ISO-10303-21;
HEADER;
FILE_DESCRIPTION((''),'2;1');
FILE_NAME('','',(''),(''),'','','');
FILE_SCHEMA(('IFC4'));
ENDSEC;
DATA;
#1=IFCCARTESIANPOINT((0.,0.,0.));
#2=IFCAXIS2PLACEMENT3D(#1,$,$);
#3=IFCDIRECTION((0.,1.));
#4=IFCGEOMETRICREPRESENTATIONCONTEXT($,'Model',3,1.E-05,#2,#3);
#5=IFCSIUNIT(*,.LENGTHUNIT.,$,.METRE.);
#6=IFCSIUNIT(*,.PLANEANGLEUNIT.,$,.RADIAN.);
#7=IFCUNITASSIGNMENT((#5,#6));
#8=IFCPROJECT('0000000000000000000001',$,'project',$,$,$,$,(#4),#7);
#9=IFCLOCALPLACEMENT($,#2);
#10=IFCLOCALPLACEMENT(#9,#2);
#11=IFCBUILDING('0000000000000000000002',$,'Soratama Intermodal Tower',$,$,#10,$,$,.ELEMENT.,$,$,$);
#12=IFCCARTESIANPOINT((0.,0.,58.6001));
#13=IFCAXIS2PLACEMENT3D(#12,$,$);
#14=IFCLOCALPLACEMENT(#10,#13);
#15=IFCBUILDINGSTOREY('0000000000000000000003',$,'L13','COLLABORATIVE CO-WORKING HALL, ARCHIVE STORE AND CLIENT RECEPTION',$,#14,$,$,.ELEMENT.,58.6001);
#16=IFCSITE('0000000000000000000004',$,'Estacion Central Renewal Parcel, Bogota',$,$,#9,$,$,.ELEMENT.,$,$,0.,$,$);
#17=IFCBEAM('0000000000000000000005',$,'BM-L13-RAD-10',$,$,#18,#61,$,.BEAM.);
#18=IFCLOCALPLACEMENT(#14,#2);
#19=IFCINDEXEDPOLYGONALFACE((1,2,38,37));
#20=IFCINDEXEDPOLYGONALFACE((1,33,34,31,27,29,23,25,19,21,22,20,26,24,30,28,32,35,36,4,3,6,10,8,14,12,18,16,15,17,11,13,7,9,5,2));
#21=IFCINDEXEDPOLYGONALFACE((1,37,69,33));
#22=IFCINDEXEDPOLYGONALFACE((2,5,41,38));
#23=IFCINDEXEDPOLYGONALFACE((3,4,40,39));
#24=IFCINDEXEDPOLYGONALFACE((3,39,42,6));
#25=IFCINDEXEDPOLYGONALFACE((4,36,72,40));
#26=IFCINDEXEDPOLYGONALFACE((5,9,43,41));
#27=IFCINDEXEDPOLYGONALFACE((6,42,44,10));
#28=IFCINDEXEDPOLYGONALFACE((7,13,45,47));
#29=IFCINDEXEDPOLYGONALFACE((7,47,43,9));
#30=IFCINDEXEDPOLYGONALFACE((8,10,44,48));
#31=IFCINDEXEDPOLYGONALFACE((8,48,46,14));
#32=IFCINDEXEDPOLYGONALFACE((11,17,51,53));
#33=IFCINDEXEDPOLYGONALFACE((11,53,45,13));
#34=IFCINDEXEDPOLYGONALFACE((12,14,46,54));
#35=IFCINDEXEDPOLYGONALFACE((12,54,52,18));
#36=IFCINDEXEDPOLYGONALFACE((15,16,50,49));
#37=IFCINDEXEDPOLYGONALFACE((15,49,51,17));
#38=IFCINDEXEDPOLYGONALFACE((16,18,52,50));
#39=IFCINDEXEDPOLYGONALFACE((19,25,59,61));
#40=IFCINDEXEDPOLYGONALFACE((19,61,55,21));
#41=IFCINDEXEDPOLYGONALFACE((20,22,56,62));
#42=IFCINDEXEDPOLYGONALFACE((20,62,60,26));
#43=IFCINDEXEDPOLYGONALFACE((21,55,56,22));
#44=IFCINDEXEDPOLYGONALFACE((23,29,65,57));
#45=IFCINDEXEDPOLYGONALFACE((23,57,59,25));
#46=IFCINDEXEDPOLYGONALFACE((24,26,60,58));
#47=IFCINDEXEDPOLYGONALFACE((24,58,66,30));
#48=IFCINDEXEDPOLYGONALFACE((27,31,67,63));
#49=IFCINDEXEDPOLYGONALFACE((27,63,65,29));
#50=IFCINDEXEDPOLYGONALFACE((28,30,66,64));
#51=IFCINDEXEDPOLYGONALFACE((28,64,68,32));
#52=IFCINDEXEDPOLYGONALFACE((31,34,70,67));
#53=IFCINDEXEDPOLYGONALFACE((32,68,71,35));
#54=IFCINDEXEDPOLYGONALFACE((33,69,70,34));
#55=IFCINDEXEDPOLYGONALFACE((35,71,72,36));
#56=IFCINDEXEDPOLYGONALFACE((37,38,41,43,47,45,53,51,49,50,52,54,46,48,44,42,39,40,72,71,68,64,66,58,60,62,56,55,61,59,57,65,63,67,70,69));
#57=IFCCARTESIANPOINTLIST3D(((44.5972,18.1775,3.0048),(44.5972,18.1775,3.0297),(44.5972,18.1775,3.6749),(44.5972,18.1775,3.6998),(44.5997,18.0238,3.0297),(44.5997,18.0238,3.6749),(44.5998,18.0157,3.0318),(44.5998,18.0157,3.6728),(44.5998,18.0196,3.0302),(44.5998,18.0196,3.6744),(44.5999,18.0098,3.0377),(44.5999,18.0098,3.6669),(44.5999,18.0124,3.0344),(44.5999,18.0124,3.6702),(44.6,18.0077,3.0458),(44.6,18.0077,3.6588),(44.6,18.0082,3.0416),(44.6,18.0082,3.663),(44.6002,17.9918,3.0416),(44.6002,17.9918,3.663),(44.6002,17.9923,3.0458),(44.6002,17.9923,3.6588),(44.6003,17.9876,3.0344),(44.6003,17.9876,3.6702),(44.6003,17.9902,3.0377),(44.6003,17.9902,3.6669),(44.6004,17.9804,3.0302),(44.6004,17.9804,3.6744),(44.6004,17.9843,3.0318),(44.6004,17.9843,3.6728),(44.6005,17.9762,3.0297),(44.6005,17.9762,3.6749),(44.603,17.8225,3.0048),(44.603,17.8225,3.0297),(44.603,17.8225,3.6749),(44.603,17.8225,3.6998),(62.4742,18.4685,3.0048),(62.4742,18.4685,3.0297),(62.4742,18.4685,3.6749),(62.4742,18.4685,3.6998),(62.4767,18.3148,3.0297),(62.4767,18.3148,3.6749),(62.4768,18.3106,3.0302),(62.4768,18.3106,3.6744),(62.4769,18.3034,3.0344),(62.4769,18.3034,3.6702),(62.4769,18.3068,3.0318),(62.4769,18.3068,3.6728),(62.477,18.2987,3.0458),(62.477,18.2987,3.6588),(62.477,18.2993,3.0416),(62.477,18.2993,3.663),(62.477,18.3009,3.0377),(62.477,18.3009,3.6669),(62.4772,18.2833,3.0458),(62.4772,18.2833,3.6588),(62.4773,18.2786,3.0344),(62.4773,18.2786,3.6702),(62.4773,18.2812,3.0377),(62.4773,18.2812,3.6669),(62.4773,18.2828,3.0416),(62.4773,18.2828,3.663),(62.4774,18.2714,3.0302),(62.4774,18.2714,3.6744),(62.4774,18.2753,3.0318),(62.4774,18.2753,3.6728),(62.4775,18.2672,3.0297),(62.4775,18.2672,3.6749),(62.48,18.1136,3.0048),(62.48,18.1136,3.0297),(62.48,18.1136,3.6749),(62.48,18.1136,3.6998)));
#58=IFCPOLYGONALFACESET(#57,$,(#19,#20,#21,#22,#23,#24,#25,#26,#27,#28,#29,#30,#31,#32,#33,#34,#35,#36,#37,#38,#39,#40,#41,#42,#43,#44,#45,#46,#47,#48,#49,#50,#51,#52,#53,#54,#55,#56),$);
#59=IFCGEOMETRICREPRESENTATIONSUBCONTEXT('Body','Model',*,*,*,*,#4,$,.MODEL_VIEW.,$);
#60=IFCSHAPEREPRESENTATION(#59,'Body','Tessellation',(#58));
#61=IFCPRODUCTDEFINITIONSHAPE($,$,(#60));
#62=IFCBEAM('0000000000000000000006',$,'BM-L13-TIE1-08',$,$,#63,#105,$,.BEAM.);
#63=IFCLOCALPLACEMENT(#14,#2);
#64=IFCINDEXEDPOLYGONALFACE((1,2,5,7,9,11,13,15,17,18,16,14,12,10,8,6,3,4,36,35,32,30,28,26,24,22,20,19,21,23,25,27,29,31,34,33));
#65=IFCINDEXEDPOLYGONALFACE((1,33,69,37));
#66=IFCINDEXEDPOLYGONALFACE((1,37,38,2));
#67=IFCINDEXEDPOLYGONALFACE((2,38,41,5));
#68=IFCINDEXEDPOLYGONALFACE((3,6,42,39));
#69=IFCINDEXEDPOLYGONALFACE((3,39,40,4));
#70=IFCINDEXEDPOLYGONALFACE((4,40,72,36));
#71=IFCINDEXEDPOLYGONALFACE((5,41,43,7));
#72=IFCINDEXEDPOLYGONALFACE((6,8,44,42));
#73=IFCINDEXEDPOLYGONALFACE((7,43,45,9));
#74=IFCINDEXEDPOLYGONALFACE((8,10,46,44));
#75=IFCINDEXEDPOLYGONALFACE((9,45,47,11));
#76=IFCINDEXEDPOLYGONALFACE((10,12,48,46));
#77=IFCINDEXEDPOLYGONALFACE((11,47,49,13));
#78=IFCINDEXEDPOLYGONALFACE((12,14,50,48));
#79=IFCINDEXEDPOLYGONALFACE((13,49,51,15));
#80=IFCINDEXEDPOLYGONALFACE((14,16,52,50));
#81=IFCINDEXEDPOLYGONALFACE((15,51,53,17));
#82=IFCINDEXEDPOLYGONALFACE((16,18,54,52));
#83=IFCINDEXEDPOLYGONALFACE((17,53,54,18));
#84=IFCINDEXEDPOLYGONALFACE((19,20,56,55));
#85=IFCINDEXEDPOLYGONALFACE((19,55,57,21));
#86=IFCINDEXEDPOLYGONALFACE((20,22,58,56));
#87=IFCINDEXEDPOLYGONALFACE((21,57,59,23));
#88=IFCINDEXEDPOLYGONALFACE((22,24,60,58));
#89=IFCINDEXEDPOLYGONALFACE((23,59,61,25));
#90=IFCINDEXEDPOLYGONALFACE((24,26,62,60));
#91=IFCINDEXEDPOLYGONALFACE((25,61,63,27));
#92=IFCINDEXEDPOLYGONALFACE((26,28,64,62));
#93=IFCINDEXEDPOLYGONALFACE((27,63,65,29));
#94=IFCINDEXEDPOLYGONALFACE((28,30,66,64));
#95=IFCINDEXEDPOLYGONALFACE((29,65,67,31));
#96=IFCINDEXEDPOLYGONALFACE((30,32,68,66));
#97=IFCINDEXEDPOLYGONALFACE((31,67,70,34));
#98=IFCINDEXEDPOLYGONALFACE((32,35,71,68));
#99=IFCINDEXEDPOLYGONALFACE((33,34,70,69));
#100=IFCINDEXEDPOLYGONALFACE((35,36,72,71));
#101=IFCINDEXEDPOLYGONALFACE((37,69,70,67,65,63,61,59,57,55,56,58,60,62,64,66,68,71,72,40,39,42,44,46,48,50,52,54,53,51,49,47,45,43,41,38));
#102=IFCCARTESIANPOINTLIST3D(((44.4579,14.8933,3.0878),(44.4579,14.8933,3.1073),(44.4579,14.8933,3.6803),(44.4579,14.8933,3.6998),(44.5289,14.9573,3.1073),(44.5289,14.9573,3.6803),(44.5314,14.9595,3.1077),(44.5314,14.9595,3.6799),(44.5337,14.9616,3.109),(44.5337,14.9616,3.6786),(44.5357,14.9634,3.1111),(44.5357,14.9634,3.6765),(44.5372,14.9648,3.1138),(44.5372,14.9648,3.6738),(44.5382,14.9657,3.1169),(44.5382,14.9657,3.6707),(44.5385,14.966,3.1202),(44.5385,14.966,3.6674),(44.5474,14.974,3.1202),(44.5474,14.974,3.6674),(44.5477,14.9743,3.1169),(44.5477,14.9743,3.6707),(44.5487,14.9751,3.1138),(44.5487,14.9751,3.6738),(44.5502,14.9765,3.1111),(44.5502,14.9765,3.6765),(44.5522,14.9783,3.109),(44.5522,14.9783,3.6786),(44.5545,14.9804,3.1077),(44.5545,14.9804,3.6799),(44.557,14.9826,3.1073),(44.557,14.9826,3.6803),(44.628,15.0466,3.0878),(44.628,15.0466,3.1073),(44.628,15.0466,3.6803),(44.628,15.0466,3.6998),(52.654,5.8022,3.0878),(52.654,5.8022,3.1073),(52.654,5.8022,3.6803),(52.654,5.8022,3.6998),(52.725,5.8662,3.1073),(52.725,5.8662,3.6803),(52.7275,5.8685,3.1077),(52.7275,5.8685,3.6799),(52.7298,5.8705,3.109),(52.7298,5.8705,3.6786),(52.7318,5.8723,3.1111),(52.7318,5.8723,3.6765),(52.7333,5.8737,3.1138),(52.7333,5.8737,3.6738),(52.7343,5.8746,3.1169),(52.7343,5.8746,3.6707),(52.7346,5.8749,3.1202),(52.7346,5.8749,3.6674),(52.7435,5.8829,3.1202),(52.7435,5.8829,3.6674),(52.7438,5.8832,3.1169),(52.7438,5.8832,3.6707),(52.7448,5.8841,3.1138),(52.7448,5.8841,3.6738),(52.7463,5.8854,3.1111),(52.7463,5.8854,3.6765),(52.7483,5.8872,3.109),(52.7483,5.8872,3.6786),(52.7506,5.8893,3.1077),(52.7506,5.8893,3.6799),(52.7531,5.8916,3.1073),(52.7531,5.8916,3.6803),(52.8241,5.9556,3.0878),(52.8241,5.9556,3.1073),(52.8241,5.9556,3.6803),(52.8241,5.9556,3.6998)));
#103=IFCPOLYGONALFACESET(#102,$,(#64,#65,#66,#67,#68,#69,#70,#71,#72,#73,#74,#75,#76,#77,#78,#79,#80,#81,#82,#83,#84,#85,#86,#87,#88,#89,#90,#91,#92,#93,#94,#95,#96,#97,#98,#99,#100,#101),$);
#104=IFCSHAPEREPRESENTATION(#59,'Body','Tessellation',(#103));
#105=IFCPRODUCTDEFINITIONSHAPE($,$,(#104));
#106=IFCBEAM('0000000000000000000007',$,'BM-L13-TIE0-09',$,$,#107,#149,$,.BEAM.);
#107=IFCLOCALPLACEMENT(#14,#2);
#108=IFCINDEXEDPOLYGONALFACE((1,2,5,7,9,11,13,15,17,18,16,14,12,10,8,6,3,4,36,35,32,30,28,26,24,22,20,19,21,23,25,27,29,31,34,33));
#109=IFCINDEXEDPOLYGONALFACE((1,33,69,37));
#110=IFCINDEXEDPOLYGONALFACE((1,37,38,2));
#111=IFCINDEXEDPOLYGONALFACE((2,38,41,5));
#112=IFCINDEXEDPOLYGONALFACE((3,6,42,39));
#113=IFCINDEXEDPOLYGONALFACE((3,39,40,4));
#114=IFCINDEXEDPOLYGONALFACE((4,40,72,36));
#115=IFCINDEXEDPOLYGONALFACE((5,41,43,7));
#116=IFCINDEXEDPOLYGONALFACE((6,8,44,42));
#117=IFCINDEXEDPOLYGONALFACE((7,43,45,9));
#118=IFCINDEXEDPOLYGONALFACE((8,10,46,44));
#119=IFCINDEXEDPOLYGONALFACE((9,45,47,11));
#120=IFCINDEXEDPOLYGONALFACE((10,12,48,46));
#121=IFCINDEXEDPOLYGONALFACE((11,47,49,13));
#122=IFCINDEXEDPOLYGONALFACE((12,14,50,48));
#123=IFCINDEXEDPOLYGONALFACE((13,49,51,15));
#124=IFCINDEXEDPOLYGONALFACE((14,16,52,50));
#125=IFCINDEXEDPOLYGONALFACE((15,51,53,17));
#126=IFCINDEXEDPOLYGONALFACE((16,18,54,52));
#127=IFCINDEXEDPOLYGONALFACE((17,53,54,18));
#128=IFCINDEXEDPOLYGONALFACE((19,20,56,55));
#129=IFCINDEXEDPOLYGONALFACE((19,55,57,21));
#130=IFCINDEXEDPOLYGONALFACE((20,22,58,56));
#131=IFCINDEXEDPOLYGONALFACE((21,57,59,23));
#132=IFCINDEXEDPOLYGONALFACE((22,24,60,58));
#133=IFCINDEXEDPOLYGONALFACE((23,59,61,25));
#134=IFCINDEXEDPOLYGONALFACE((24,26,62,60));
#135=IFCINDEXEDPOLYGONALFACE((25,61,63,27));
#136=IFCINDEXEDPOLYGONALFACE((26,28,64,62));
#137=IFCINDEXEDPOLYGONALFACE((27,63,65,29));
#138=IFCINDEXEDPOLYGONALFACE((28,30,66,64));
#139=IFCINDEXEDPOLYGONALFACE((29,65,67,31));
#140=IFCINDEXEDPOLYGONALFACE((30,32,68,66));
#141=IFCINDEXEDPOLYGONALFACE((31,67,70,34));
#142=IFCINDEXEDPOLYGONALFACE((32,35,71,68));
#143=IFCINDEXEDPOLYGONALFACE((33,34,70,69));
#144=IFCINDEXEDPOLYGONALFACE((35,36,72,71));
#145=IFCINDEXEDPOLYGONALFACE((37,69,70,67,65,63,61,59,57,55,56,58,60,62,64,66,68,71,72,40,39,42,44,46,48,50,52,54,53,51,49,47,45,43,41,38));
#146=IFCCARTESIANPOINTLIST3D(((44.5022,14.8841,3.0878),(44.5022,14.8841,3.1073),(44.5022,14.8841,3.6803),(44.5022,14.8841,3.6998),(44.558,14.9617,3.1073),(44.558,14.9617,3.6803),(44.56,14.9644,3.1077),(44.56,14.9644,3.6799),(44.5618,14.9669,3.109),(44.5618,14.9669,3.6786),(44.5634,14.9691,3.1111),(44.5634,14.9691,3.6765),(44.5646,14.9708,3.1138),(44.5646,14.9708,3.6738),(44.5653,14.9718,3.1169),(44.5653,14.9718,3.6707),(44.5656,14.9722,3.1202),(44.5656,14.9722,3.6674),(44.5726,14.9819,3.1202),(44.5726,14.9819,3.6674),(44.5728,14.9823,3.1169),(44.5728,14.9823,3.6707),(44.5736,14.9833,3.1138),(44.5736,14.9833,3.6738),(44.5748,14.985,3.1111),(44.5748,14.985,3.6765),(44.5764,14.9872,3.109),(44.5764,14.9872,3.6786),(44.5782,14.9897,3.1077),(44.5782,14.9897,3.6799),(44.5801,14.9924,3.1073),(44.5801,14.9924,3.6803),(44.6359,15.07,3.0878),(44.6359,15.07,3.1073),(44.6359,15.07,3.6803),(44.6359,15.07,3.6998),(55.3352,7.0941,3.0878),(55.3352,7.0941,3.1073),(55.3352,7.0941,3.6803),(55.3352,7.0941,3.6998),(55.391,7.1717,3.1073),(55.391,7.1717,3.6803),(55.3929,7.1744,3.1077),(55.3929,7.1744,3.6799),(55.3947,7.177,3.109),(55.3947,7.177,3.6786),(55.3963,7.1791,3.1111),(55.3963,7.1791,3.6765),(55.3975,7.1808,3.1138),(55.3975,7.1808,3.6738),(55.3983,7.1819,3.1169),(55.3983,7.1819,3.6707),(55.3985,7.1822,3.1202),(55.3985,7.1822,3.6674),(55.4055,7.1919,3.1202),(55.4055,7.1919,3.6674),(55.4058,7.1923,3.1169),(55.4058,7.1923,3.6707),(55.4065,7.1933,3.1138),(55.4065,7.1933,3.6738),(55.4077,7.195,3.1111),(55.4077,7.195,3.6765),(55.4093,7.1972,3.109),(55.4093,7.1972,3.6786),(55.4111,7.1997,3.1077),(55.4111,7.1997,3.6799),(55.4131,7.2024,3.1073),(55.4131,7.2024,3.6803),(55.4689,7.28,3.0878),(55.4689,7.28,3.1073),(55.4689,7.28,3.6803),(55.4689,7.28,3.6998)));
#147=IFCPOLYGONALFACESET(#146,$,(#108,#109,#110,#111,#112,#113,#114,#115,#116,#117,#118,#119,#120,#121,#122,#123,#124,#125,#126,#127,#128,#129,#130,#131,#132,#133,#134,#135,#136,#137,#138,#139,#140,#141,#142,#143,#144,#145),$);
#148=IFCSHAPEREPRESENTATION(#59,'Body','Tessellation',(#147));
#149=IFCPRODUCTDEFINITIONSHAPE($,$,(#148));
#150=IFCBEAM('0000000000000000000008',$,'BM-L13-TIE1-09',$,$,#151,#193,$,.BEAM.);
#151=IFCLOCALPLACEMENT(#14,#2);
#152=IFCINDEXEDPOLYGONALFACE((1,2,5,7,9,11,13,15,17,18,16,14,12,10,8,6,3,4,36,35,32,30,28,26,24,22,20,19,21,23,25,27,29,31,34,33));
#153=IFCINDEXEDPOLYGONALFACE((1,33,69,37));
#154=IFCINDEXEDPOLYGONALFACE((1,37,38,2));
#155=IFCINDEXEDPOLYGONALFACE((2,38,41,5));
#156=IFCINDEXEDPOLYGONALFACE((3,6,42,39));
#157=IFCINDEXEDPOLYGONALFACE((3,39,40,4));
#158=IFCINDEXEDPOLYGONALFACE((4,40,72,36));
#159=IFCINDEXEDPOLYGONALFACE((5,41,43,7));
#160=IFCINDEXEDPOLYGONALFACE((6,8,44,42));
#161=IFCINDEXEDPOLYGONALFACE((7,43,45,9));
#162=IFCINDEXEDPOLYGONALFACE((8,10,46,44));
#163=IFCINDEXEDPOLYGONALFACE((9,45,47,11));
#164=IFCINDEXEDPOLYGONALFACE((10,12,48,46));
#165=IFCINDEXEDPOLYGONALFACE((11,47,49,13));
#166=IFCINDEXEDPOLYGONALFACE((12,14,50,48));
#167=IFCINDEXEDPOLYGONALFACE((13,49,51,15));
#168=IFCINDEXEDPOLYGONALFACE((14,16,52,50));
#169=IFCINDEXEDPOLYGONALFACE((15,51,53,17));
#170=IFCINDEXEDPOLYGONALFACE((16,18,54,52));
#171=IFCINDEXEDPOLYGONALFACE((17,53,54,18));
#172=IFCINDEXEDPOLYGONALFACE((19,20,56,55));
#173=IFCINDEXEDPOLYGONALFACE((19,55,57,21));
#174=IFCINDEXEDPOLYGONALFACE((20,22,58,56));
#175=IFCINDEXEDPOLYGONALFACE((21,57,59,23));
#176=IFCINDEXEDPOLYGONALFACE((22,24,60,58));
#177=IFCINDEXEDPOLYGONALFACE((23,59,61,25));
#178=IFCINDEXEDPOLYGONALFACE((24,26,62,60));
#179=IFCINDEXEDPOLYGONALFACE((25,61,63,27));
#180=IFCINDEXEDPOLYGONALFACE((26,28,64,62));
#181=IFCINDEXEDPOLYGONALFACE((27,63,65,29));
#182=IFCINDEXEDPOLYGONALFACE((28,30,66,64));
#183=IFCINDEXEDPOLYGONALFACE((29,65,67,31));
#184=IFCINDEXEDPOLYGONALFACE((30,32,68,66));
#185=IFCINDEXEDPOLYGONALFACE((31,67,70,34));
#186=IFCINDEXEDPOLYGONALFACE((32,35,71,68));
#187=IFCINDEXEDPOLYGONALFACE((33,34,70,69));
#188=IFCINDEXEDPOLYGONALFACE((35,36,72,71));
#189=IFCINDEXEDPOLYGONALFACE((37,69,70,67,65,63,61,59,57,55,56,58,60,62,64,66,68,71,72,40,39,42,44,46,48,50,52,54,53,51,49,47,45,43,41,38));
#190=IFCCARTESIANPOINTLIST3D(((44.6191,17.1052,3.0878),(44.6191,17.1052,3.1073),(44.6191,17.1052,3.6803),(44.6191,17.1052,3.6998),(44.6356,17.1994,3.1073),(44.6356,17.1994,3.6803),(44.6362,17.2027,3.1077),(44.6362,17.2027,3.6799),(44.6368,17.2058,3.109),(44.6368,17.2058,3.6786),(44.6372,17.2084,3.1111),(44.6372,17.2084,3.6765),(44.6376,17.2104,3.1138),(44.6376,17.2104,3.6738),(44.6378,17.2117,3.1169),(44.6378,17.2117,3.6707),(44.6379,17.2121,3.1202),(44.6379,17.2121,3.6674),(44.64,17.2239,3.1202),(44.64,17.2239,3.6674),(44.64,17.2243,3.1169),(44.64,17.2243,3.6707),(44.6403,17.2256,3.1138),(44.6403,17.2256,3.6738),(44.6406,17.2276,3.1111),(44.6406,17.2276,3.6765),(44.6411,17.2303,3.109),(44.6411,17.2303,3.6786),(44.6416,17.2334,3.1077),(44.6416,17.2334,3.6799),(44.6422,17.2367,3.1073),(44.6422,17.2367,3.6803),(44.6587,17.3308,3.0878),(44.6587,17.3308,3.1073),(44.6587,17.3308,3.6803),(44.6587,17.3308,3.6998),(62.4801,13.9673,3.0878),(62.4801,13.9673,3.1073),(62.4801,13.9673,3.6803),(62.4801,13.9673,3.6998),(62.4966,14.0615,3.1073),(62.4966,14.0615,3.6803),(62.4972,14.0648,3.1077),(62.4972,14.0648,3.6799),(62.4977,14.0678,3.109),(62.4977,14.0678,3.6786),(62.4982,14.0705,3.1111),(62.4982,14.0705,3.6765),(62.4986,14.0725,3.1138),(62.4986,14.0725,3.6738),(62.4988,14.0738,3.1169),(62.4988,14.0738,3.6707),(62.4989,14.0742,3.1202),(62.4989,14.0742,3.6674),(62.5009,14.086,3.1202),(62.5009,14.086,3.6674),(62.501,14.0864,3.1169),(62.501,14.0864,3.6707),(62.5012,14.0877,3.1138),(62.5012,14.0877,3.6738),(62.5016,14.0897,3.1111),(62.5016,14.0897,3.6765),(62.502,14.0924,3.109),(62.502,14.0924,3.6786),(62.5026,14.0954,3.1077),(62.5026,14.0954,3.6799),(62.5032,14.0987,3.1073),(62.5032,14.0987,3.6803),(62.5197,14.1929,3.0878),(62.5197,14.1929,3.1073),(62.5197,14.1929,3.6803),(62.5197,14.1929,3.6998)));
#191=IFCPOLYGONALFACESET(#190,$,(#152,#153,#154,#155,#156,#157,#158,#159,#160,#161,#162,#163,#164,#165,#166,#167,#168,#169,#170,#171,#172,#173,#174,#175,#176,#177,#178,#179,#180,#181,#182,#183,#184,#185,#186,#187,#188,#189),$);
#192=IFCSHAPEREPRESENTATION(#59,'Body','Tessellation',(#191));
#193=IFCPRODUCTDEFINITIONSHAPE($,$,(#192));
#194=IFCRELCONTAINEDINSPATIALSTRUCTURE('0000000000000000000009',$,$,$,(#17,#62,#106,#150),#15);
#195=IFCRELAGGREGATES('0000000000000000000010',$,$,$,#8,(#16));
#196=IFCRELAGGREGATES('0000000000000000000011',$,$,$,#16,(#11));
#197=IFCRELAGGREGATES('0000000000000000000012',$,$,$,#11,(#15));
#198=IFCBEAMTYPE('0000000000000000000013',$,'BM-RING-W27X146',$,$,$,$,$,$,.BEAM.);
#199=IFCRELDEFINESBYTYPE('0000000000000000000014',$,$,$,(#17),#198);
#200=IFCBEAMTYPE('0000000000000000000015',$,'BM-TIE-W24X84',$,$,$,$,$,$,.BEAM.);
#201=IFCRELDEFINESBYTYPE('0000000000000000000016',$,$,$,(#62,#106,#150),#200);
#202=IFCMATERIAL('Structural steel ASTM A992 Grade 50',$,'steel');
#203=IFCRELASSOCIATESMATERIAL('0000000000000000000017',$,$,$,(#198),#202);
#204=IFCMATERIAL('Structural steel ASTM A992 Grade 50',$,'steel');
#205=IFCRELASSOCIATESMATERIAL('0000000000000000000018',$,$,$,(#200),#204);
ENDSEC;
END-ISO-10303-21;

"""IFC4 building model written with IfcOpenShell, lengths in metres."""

from ifc_helpers import new_model, si_unit, direction, frame, origin, origin_2d, place, context, subcontext, project, spatial, i_section, extrude, material, material_profile, profile_set, type_object, element, save


model = new_model("IFC4")

# Units and contexts
model_context = context("Model", 3, precision=1e-05, world=origin(), true_north=direction((0.0, 1.0)))
body_context = subcontext(model_context, "Body", "Model", "MODEL_VIEW")
ifc_project = project(units=[si_unit("LENGTHUNIT", "METRE"), si_unit("PLANEANGLEUNIT", "RADIAN")], contexts=[model_context])

# Site, building, storey
site_placement = place(None, origin())
site = spatial("IfcSite", under=ifc_project, at=site_placement, Name="Estacion Central Renewal Parcel, Bogota", CompositionType="ELEMENT", RefElevation=0.0)
building_placement = place(site_placement, origin())
building = spatial("IfcBuilding", under=site, at=building_placement, Name="Soratama Intermodal Tower", CompositionType="ELEMENT")
storey_placement = place(building_placement, frame((0.0, 0.0, 58.6001)))
storey = spatial("IfcBuildingStorey", under=building, at=storey_placement, Name="L13", Description="COLLABORATIVE CO-WORKING HALL, ARCHIVE STORE AND CLIENT RECEPTION", CompositionType="ELEMENT", Elevation=58.6001)

# Beams
ifc_material_1 = material(Name="Structural steel ASTM A992 Grade 50", Category="steel")
ifc_material_profile_1 = material_profile(ifc_material_1, i_section(OverallWidth=0.355, OverallDepth=0.6951, WebThickness=0.0154, FlangeThickness=0.0249, FilletRadius=0.0161, at=origin_2d()), Name="W27X146")
ifc_profile_set_1 = profile_set([ifc_material_profile_1], Name="Structural steel ASTM A992 Grade 50")
beam_type_1 = type_object("IfcBeamType", Name="BM-RING-W27X146", PredefinedType="BEAM", material=ifc_profile_set_1)
beam_1_placement = place(storey_placement, frame((44.6001, 18.0, 3.3523), z_axis=(0.999868, 0.016277, 0.0), x_axis=(-0.016277, 0.999868, 0.0)))
element("IfcBeam", 1, at=beam_1_placement, inside=storey, type_object=beam_type_1, Name="BM-L13-RAD-10", PredefinedType="BEAM", context=body_context, shape_type="SweptSolid", body=[
    extrude(i_section(OverallWidth=0.355, OverallDepth=0.6951, WebThickness=0.0154, FlangeThickness=0.0249, FilletRadius=0.0161, at=origin_2d()), origin(), (0.0, 0.0, 1.0), 17.8794),
])
ifc_material_2 = material(Name="Structural steel ASTM A992 Grade 50", Category="steel")
ifc_material_profile_2 = material_profile(ifc_material_2, i_section(OverallWidth=0.229, OverallDepth=0.6121, WebThickness=0.012, FlangeThickness=0.0195, FilletRadius=0.0129, at=origin_2d()), Name="W24X84")
ifc_profile_set_2 = profile_set([ifc_material_profile_2], Name="Structural steel ASTM A992 Grade 50")
beam_type_2 = type_object("IfcBeamType", Name="BM-TIE-W24X84", PredefinedType="BEAM", material=ifc_profile_set_2)
beam_2_placement = place(storey_placement, frame((44.543, 14.97, 3.3938), z_axis=(0.6696, -0.742722, 0.0), x_axis=(0.742722, 0.6696, 0.0)))
element("IfcBeam", 2, at=beam_2_placement, inside=storey, type_object=beam_type_2, Name="BM-L13-TIE1-08", PredefinedType="BEAM", context=body_context, shape_type="SweptSolid", body=[
    extrude(i_section(OverallWidth=0.229, OverallDepth=0.6121, WebThickness=0.012, FlangeThickness=0.0195, FilletRadius=0.0129, at=origin_2d()), origin(), (0.0, 0.0, 1.0), 12.2402),
])
beam_3_placement = place(storey_placement, frame((44.5691, 14.9771, 3.3938), z_axis=(0.81188, -0.583825, 0.0), x_axis=(0.583825, 0.81188, 0.0)))
element("IfcBeam", 3, at=beam_3_placement, inside=storey, type_object=beam_type_2, Name="BM-L13-TIE0-09", PredefinedType="BEAM", context=body_context, shape_type="SweptSolid", body=[
    extrude(i_section(OverallWidth=0.229, OverallDepth=0.6121, WebThickness=0.012, FlangeThickness=0.0195, FilletRadius=0.0129, at=origin_2d()), origin(), (0.0, 0.0, 1.0), 13.343),
])
beam_4_placement = place(storey_placement, frame((44.6389, 17.218, 3.3938), z_axis=(0.984916, -0.173036, 0.0), x_axis=(0.173036, 0.984916, 0.0)))
element("IfcBeam", 4, at=beam_4_placement, inside=storey, type_object=beam_type_2, Name="BM-L13-TIE1-09", PredefinedType="BEAM", context=body_context, shape_type="SweptSolid", body=[
    extrude(i_section(OverallWidth=0.229, OverallDepth=0.6121, WebThickness=0.012, FlangeThickness=0.0195, FilletRadius=0.0129, at=origin_2d()), origin(), (0.0, 0.0, 1.0), 18.1345),
])

save(model, "model.ifc")
